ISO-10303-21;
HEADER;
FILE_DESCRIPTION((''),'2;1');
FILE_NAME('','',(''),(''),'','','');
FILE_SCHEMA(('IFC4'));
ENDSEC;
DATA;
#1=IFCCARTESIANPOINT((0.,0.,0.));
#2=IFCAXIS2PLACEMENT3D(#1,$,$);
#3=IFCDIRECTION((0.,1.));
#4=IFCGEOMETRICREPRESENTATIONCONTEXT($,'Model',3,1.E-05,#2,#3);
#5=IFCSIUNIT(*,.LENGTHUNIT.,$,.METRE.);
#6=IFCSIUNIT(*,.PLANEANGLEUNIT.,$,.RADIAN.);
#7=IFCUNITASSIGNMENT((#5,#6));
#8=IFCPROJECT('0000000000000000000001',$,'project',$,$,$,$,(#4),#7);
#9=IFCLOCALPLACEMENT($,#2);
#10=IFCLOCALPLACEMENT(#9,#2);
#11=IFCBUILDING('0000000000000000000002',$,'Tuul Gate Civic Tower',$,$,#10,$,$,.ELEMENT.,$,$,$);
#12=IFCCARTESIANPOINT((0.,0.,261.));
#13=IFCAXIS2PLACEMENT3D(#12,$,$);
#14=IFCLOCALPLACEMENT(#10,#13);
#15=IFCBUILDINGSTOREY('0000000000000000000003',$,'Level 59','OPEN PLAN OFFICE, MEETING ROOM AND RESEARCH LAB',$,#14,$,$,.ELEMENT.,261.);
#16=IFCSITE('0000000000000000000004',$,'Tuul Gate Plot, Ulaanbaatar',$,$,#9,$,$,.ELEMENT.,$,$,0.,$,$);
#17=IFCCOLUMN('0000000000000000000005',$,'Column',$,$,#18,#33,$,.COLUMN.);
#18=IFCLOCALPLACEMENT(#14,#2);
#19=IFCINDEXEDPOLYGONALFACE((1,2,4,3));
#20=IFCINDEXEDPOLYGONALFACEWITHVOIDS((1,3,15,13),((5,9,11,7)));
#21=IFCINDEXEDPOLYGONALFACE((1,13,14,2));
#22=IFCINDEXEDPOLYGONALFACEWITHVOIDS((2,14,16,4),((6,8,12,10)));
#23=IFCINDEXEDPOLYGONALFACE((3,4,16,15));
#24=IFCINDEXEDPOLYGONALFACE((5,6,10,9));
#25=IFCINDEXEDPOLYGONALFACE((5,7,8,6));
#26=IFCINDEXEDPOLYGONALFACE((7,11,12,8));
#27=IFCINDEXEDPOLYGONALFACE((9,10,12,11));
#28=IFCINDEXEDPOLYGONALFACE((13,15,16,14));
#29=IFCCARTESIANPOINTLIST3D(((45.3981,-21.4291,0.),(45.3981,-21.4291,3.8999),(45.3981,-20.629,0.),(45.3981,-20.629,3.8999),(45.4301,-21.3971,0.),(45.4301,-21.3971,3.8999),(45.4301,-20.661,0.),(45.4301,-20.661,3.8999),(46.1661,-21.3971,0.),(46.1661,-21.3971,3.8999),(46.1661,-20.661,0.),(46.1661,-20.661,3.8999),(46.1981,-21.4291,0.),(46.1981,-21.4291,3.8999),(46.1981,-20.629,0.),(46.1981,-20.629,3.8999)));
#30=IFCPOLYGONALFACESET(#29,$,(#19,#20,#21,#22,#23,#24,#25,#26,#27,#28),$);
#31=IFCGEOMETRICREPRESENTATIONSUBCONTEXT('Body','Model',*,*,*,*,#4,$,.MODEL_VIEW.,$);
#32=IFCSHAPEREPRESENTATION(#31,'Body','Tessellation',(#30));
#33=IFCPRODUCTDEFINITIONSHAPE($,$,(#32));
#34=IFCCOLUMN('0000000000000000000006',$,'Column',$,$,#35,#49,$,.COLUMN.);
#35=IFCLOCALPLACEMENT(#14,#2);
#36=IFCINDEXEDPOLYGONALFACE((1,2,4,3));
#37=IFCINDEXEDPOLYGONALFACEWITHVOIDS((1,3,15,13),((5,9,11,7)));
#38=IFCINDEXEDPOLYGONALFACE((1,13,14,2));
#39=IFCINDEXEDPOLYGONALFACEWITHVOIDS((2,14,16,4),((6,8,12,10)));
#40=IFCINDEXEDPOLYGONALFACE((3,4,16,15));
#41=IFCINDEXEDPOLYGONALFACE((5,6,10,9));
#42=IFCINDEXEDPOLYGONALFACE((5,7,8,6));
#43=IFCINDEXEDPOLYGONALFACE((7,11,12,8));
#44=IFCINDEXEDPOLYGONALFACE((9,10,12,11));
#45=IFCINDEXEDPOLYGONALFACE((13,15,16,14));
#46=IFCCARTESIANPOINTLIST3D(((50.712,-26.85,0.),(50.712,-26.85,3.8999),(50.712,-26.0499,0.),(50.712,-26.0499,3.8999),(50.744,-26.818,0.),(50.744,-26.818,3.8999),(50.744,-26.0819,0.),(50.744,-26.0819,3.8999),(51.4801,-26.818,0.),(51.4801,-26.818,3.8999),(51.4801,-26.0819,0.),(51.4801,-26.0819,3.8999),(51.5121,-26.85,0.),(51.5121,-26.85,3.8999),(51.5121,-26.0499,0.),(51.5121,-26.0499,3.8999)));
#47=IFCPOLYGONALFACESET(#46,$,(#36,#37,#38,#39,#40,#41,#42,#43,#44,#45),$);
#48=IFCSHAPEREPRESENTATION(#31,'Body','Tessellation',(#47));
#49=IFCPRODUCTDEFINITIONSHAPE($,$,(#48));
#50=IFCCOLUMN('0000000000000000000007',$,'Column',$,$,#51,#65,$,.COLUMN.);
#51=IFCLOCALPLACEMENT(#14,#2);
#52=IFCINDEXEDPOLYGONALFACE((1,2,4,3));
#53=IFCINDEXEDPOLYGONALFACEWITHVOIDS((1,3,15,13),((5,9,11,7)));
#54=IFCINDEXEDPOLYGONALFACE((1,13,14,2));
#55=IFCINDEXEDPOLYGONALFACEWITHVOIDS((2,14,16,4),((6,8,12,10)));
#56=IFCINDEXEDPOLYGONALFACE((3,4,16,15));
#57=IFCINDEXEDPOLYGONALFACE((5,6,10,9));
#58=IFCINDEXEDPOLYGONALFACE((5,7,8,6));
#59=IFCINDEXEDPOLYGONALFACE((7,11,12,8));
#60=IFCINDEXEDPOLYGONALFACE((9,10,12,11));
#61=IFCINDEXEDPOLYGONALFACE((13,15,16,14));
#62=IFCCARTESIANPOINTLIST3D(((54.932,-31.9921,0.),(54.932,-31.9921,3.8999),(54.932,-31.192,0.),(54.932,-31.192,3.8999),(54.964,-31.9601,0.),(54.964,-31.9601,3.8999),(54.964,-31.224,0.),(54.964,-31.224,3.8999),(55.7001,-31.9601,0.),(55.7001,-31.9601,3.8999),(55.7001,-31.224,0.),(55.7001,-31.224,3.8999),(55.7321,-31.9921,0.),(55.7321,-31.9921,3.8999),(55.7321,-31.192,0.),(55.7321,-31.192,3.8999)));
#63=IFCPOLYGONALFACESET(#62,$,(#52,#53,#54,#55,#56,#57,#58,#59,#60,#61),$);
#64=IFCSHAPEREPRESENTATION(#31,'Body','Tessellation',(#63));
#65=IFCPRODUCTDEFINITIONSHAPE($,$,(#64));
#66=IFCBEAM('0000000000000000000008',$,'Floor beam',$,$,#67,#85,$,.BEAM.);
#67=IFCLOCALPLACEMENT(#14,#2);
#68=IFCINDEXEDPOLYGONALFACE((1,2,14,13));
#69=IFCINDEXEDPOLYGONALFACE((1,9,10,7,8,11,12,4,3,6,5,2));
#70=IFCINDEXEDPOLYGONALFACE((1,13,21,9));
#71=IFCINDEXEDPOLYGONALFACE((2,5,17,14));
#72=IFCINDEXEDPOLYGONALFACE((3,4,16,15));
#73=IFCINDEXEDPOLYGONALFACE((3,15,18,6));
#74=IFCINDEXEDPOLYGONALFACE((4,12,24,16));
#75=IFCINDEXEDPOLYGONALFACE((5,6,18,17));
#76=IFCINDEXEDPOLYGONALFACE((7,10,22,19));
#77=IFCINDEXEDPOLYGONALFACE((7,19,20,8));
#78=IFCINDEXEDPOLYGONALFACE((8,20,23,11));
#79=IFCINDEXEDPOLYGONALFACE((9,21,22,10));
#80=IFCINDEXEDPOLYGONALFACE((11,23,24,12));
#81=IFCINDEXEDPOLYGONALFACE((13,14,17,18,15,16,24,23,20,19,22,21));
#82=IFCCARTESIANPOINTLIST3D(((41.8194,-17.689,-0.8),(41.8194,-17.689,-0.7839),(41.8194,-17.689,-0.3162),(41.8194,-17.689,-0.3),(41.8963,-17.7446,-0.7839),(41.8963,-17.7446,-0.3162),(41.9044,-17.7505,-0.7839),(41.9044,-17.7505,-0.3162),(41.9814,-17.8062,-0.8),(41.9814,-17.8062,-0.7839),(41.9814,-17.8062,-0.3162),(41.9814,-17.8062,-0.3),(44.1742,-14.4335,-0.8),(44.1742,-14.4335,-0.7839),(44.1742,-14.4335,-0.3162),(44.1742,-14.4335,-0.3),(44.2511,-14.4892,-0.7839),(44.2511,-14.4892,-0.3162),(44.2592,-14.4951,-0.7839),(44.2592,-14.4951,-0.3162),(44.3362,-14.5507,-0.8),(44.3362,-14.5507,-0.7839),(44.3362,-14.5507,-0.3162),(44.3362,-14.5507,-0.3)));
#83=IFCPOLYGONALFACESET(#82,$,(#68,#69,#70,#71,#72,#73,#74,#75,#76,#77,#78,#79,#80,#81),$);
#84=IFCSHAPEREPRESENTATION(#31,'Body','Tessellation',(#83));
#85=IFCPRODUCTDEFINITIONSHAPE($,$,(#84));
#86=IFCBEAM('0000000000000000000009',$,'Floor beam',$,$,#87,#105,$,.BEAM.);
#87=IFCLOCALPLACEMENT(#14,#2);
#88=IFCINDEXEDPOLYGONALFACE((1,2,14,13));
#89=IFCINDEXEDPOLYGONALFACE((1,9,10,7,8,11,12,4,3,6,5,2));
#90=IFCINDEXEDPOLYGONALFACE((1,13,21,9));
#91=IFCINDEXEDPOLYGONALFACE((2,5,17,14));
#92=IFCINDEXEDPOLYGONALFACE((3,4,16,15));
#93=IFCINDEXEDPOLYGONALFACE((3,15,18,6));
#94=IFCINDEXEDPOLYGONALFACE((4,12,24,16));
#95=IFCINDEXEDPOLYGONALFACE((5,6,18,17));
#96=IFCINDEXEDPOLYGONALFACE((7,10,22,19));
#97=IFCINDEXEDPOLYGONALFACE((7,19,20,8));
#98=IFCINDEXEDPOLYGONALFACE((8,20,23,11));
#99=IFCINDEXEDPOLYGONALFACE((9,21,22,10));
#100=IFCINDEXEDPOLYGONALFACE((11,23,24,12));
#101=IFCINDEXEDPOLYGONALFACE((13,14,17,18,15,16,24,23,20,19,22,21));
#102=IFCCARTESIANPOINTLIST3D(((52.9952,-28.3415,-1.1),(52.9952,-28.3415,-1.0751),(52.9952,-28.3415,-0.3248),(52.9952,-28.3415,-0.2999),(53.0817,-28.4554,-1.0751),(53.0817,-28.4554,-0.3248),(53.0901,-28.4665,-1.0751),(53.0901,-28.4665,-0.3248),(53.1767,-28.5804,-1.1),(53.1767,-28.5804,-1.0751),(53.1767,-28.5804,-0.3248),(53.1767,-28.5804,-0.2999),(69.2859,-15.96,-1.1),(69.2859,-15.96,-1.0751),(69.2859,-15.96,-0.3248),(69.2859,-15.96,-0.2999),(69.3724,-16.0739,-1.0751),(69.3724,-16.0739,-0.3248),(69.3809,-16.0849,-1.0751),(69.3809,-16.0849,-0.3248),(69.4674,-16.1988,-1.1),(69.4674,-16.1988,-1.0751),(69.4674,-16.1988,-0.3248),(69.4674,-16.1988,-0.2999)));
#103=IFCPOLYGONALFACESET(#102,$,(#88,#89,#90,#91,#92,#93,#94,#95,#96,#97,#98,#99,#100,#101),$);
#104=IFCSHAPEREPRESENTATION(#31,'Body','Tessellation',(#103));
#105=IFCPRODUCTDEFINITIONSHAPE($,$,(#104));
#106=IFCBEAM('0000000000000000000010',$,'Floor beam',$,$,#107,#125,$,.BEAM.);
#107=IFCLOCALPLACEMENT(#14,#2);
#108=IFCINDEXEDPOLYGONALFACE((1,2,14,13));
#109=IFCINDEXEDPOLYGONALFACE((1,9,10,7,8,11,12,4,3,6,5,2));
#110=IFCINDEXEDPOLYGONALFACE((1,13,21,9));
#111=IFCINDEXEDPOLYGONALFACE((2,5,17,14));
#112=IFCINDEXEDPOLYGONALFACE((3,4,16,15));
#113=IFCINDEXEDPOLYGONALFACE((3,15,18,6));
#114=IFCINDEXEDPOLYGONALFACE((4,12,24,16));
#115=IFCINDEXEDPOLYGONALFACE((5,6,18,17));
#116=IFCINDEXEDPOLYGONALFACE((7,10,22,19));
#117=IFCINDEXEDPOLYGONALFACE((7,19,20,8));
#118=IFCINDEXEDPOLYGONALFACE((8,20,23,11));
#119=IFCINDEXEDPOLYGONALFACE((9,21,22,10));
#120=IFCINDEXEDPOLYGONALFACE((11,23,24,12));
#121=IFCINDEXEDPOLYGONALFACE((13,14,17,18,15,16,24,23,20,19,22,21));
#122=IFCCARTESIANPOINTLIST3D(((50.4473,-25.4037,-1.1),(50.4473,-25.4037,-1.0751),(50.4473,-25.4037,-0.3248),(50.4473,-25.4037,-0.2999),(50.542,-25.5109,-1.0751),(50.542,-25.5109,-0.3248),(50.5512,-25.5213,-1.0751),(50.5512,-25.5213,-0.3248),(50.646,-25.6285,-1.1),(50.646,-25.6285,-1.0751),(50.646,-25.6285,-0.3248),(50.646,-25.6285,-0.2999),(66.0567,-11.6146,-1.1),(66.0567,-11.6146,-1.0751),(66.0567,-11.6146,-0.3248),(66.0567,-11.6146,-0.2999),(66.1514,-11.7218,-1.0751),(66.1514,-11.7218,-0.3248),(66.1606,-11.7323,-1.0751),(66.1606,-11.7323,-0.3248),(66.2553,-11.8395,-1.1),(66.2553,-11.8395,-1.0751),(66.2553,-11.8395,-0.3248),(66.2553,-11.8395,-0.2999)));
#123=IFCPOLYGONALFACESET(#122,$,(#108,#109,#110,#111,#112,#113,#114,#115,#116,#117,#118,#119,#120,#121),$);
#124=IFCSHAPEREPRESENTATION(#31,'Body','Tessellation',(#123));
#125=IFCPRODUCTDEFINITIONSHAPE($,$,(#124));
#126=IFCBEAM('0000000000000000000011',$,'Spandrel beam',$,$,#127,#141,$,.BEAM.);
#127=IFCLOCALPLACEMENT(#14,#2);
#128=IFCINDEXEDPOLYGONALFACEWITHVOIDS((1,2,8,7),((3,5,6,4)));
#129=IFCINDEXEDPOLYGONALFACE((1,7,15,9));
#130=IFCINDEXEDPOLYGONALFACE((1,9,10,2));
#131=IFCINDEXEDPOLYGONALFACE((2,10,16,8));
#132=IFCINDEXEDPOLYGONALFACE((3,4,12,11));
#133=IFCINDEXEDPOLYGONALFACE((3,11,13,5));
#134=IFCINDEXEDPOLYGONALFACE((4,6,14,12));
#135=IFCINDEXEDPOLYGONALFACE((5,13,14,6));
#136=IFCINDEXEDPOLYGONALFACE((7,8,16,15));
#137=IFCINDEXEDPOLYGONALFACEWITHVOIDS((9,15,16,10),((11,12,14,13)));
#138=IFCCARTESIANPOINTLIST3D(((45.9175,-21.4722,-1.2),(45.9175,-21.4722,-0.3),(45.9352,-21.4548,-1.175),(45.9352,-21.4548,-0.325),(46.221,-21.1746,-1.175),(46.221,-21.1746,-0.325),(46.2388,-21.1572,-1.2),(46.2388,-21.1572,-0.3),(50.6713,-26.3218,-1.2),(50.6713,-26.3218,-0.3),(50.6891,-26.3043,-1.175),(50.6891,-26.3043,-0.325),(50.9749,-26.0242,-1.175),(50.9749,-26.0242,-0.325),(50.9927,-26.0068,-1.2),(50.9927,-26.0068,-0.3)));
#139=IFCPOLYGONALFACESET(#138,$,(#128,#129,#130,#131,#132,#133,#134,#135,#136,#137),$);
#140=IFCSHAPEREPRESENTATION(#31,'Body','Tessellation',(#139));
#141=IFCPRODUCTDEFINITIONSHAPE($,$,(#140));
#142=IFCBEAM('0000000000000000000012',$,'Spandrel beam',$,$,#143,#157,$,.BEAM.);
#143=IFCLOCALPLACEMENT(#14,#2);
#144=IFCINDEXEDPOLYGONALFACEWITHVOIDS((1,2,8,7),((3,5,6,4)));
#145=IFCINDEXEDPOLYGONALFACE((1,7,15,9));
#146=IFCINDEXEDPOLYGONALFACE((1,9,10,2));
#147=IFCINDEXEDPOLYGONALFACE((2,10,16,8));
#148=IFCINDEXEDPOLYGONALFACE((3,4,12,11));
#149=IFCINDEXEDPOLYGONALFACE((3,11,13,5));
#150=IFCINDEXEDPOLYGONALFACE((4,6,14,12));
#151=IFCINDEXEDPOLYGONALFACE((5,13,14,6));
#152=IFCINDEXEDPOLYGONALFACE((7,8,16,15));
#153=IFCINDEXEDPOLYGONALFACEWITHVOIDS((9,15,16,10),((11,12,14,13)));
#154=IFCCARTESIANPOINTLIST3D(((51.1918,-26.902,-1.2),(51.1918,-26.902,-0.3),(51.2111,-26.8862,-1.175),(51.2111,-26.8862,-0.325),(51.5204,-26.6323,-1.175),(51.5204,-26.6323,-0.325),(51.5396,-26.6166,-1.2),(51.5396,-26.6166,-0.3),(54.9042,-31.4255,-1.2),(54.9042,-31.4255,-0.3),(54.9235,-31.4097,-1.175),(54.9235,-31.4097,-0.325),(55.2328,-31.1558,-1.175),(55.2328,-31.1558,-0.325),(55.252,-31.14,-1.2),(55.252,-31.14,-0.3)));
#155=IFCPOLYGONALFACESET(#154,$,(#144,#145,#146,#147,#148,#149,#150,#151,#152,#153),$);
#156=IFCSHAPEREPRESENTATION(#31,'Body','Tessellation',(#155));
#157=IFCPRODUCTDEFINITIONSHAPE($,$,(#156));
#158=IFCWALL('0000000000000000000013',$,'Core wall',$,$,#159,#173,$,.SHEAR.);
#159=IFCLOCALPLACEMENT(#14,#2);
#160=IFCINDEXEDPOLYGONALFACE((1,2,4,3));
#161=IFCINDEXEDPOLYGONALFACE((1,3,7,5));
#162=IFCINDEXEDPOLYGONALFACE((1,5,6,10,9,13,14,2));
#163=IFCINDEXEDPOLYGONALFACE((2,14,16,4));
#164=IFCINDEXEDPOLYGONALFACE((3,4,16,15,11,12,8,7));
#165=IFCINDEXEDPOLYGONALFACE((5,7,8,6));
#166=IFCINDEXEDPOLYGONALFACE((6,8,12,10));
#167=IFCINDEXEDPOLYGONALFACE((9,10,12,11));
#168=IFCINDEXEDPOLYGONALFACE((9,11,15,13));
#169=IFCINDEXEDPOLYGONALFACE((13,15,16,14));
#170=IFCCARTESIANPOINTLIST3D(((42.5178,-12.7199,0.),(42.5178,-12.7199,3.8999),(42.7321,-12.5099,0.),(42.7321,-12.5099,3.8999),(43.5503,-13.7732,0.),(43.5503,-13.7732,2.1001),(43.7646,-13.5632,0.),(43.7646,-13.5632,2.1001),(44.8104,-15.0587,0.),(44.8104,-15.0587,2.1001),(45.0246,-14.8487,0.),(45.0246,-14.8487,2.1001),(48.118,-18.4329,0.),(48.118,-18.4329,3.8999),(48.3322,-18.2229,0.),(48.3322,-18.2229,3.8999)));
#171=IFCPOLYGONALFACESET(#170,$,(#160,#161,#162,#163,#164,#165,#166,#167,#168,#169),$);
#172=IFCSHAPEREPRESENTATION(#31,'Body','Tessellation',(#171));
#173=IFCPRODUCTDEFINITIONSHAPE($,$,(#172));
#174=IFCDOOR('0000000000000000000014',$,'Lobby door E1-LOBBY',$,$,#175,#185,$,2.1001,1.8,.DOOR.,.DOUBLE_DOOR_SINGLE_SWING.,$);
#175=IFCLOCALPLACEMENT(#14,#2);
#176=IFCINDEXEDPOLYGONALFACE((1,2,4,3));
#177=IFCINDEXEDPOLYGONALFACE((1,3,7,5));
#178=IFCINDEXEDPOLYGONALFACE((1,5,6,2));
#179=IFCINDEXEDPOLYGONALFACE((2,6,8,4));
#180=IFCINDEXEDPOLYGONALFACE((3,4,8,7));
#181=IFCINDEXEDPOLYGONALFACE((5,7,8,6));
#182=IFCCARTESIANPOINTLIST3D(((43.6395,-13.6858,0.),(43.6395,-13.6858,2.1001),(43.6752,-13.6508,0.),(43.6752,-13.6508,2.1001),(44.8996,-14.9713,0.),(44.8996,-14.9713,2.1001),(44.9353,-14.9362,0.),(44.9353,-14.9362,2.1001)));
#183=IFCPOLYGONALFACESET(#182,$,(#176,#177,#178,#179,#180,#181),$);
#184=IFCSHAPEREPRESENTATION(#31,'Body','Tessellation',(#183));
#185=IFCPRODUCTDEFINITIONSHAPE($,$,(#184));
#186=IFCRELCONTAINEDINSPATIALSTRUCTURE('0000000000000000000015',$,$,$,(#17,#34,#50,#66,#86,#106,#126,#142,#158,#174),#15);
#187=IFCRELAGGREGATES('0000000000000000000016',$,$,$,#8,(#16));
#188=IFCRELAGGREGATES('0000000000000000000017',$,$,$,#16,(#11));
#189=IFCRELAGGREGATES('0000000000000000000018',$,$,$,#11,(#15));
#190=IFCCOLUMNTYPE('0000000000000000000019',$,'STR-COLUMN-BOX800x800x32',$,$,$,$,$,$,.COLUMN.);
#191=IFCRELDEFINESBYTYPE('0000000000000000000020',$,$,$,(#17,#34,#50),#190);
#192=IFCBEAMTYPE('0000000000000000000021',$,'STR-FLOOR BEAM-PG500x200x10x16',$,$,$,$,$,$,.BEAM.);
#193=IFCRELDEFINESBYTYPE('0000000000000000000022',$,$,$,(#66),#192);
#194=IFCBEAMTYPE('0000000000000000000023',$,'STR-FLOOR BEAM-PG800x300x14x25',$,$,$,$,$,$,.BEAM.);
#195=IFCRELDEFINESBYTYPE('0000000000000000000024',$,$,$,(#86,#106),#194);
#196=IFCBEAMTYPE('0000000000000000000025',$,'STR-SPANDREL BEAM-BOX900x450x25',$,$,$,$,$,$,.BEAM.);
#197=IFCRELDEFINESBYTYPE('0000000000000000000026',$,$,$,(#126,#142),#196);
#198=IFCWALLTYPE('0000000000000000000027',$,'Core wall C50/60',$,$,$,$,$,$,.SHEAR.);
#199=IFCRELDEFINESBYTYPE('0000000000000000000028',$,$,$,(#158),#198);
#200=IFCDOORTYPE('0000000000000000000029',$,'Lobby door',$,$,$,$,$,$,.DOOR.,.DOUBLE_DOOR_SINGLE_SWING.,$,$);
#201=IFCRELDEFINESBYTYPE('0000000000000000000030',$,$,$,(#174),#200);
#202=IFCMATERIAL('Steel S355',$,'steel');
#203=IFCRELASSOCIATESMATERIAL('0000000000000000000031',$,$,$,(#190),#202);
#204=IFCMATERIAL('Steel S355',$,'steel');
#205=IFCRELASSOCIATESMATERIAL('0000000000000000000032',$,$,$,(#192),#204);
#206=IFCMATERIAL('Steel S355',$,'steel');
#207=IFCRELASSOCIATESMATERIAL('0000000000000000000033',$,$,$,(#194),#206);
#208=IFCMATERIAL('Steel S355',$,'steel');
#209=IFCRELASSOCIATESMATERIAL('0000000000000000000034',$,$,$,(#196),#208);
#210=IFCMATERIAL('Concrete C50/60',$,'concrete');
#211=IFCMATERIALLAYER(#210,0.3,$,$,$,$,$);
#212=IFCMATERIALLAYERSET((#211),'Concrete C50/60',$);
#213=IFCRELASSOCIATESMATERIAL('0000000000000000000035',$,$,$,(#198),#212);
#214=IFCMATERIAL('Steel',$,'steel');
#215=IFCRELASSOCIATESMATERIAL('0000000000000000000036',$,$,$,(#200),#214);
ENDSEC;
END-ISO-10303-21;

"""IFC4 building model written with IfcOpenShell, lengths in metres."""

from ifc_helpers import new_model, si_unit, direction, frame, frame_2d, origin, origin_2d, place, context, subcontext, project, spatial, rectangle, hollow_rectangle, i_section, extrude, material, layer, layer_set, material_profile, profile_set, type_object, element, fill, save


model = new_model("IFC4")

# Units and contexts
model_context = context("Model", 3, precision=1e-05, world=origin(), true_north=direction((0.0, 1.0)))
body_context = subcontext(model_context, "Body", "Model", "MODEL_VIEW")
ifc_project = project(units=[si_unit("LENGTHUNIT", "METRE"), si_unit("PLANEANGLEUNIT", "RADIAN")], contexts=[model_context])

# Site, building, storey
site_placement = place(None, origin())
site = spatial("IfcSite", under=ifc_project, at=site_placement, Name="Tuul Gate Plot, Ulaanbaatar", CompositionType="ELEMENT", RefElevation=0.0)
building_placement = place(site_placement, origin())
building = spatial("IfcBuilding", under=site, at=building_placement, Name="Tuul Gate Civic Tower", CompositionType="ELEMENT")
storey_placement = place(building_placement, frame((0.0, 0.0, 261.0)))
storey = spatial("IfcBuildingStorey", under=building, at=storey_placement, Name="Level 59", Description="OPEN PLAN OFFICE, MEETING ROOM AND RESEARCH LAB", CompositionType="ELEMENT", Elevation=261.0)

# Columns
ifc_material_1 = material(Name="Steel S355", Category="steel")
ifc_material_profile_1 = material_profile(ifc_material_1, hollow_rectangle(XDim=0.8, YDim=0.8, WallThickness=0.032, at=origin_2d()), Name="BOX800x800x32")
ifc_profile_set_1 = profile_set([ifc_material_profile_1], Name="Steel S355")
column_type = type_object("IfcColumnType", Name="STR-COLUMN-BOX800x800x32", PredefinedType="COLUMN", material=ifc_profile_set_1)
for number, where, z_axis, x_axis, name in (
    (1, (45.7981, -21.0291, 0.0), (0.0, 0.0, 1.0), (1.0, 0.0, 0.0), "Column"),
    (2, (51.1121, -26.45, 0.0), (0.0, 0.0, 1.0), (1.0, 0.0, 0.0), "Column"),
    (3, (55.332, -31.592, 0.0), (0.0, 0.0, 1.0), (1.0, 0.0, 0.0), "Column"),
):
    element("IfcColumn", number, at=place(storey_placement, frame(where, z_axis=z_axis, x_axis=x_axis)), inside=storey, type_object=column_type, Name=name, PredefinedType="COLUMN", context=body_context, shape_type="SweptSolid", body=[
        extrude(hollow_rectangle(XDim=0.8, YDim=0.8, WallThickness=0.032, at=origin_2d()), origin(), (0.0, 0.0, 1.0), 3.8999),
    ])

# Beams
ifc_material_2 = material(Name="Steel S355", Category="steel")
ifc_material_profile_2 = material_profile(ifc_material_2, i_section(OverallWidth=0.2, OverallDepth=0.5, WebThickness=0.01, FlangeThickness=0.0161, at=origin_2d()), Name="PG500x200x10x16")
ifc_profile_set_2 = profile_set([ifc_material_profile_2], Name="Steel S355")
beam_type_1 = type_object("IfcBeamType", Name="STR-FLOOR BEAM-PG500x200x10x16", PredefinedType="BEAM", material=ifc_profile_set_2)
beam_1_placement = place(storey_placement, frame((41.9004, -17.7476, -0.55), z_axis=(0.586085, 0.81025, 0.0), x_axis=(-0.81025, 0.586085, 0.0)))
element("IfcBeam", 4, at=beam_1_placement, inside=storey, type_object=beam_type_1, Name="Floor beam", PredefinedType="BEAM", context=body_context, shape_type="SweptSolid", body=[
    extrude(i_section(OverallWidth=0.2, OverallDepth=0.5, WebThickness=0.01, FlangeThickness=0.0161, at=origin_2d()), origin(), (0.0, 0.0, 1.0), 4.0178),
])
ifc_material_3 = material(Name="Steel S355", Category="steel")
ifc_material_profile_3 = material_profile(ifc_material_3, i_section(OverallWidth=0.3, OverallDepth=0.8, WebThickness=0.0139, FlangeThickness=0.0249, at=origin_2d()), Name="PG800x300x14x25")
ifc_profile_set_3 = profile_set([ifc_material_profile_3], Name="Steel S355")
beam_type_2 = type_object("IfcBeamType", Name="STR-FLOOR BEAM-PG800x300x14x25", PredefinedType="BEAM", material=ifc_profile_set_3)
beam_2_placement = place(storey_placement, frame((53.0859, -28.4609, -0.7), z_axis=(0.796148, 0.605102, 0.0), x_axis=(-0.605102, 0.796148, 0.0)))
element("IfcBeam", 5, at=beam_2_placement, inside=storey, type_object=beam_type_2, Name="Floor beam", PredefinedType="BEAM", context=body_context, shape_type="SweptSolid", body=[
    extrude(i_section(OverallWidth=0.3, OverallDepth=0.8, WebThickness=0.0139, FlangeThickness=0.0249, at=origin_2d()), origin(), (0.0, 0.0, 1.0), 20.4619),
])
beam_3_placement = place(storey_placement, frame((50.5466, -25.5161, -0.7), z_axis=(0.749455, 0.662056, 0.0), x_axis=(-0.662056, 0.749455, 0.0)))
element("IfcBeam", 6, at=beam_3_placement, inside=storey, type_object=beam_type_2, Name="Floor beam", PredefinedType="BEAM", context=body_context, shape_type="SweptSolid", body=[
    extrude(i_section(OverallWidth=0.3, OverallDepth=0.8, WebThickness=0.0139, FlangeThickness=0.0249, at=origin_2d()), origin(), (0.0, 0.0, 1.0), 20.8276),
])
ifc_material_4 = material(Name="Steel S355", Category="steel")
ifc_material_profile_4 = material_profile(ifc_material_4, hollow_rectangle(XDim=0.45, YDim=0.8999, WallThickness=0.0249, at=origin_2d()), Name="BOX900x450x25")
ifc_profile_set_4 = profile_set([ifc_material_profile_4], Name="Steel S355")
beam_type_3 = type_object("IfcBeamType", Name="STR-SPANDREL BEAM-BOX900x450x25", PredefinedType="BEAM", material=ifc_profile_set_4)
beam_4_placement = place(storey_placement, frame((46.0781, -21.3147, -0.75), z_axis=(0.700025, -0.714118, 0.0), x_axis=(0.714118, 0.700025, 0.0)))
element("IfcBeam", 7, at=beam_4_placement, inside=storey, type_object=beam_type_3, Name="Spandrel beam", PredefinedType="BEAM", context=body_context, shape_type="SweptSolid", body=[
    extrude(hollow_rectangle(XDim=0.45, YDim=0.8999, WallThickness=0.0249, at=origin_2d()), origin(), (0.0, 0.0, 1.0), 6.791),
])
beam_5_placement = place(storey_placement, frame((51.3657, -26.7593, -0.75), z_axis=(0.634405, -0.773001, 0.0), x_axis=(0.773001, 0.634405, 0.0)))
element("IfcBeam", 8, at=beam_5_placement, inside=storey, type_object=beam_type_3, Name="Spandrel beam", PredefinedType="BEAM", context=body_context, shape_type="SweptSolid", body=[
    extrude(hollow_rectangle(XDim=0.45, YDim=0.8999, WallThickness=0.0249, at=origin_2d()), origin(), (0.0, 0.0, 1.0), 5.8518),
])

# Wall, opening, door
ifc_material_5 = material(Name="Concrete C50/60", Category="concrete")
ifc_layer_1 = layer(ifc_material_5, 0.3)
ifc_layer_set_1 = layer_set([ifc_layer_1], Name="Concrete C50/60")
wall_type_1 = type_object("IfcWallType", Name="Core wall C50/60", PredefinedType="SHEAR", material=ifc_layer_set_1)
wall_1_placement = place(storey_placement, frame((48.2251, -18.3279, 0.0), z_axis=(0.0, 0.0, 1.0), x_axis=(-0.700022, 0.714121, 0.0)))
wall_1 = element("IfcWall", 9, at=wall_1_placement, inside=storey, type_object=wall_type_1, Name="Core wall", PredefinedType="SHEAR", context=body_context, shape_type="SweptSolid", body=[
    extrude(rectangle(XDim=8.0, YDim=0.3, at=frame_2d((4.0, 0.0))), origin(), (0.0, 0.0, 1.0), 3.8999),
])
opening_1_placement = place(wall_1_placement, frame((4.7251, 0.0, 0.0)))
opening_1 = element("IfcOpeningElement", 10, at=opening_1_placement, cuts=wall_1, PredefinedType="OPENING", context=body_context, shape_type="SweptSolid", body=[
    extrude(rectangle(XDim=1.8, YDim=2.1001, at=frame_2d((0.8999, 1.05))), frame((0.0, 0.1602, 0.0), z_axis=(0.0, -1.0, 0.0), x_axis=(1.0, 0.0, 0.0)), (0.0, 0.0, 1.0), 0.3201),
])
ifc_material_6 = material(Name="Steel", Category="steel")
door_type = type_object("IfcDoorType", Name="Lobby door", OperationType="DOUBLE_DOOR_SINGLE_SWING", PredefinedType="DOOR", material=ifc_material_6)
door_placement = place(opening_1_placement, frame((1.8, 0.0, 0.0), z_axis=(0.0, 0.0, 1.0), x_axis=(-1.0, 0.0, 0.0)))
door = element("IfcDoor", 11, at=door_placement, inside=storey, type_object=door_type, Name="Lobby door E1-LOBBY", OperationType="DOUBLE_DOOR_SINGLE_SWING", OverallHeight=2.1001, OverallWidth=1.8, PredefinedType="DOOR", context=body_context, shape_type="SweptSolid", body=[
    extrude(rectangle(XDim=1.8, YDim=2.1001, at=frame_2d((0.9001, 1.05))), frame((0.0, 0.0249, 0.0), z_axis=(0.0, -1.0, 0.0), x_axis=(1.0, 0.0, 0.0)), (0.0, 0.0, 1.0), 0.05),
])
fill(opening_1, door)

save(model, "model.ifc")
